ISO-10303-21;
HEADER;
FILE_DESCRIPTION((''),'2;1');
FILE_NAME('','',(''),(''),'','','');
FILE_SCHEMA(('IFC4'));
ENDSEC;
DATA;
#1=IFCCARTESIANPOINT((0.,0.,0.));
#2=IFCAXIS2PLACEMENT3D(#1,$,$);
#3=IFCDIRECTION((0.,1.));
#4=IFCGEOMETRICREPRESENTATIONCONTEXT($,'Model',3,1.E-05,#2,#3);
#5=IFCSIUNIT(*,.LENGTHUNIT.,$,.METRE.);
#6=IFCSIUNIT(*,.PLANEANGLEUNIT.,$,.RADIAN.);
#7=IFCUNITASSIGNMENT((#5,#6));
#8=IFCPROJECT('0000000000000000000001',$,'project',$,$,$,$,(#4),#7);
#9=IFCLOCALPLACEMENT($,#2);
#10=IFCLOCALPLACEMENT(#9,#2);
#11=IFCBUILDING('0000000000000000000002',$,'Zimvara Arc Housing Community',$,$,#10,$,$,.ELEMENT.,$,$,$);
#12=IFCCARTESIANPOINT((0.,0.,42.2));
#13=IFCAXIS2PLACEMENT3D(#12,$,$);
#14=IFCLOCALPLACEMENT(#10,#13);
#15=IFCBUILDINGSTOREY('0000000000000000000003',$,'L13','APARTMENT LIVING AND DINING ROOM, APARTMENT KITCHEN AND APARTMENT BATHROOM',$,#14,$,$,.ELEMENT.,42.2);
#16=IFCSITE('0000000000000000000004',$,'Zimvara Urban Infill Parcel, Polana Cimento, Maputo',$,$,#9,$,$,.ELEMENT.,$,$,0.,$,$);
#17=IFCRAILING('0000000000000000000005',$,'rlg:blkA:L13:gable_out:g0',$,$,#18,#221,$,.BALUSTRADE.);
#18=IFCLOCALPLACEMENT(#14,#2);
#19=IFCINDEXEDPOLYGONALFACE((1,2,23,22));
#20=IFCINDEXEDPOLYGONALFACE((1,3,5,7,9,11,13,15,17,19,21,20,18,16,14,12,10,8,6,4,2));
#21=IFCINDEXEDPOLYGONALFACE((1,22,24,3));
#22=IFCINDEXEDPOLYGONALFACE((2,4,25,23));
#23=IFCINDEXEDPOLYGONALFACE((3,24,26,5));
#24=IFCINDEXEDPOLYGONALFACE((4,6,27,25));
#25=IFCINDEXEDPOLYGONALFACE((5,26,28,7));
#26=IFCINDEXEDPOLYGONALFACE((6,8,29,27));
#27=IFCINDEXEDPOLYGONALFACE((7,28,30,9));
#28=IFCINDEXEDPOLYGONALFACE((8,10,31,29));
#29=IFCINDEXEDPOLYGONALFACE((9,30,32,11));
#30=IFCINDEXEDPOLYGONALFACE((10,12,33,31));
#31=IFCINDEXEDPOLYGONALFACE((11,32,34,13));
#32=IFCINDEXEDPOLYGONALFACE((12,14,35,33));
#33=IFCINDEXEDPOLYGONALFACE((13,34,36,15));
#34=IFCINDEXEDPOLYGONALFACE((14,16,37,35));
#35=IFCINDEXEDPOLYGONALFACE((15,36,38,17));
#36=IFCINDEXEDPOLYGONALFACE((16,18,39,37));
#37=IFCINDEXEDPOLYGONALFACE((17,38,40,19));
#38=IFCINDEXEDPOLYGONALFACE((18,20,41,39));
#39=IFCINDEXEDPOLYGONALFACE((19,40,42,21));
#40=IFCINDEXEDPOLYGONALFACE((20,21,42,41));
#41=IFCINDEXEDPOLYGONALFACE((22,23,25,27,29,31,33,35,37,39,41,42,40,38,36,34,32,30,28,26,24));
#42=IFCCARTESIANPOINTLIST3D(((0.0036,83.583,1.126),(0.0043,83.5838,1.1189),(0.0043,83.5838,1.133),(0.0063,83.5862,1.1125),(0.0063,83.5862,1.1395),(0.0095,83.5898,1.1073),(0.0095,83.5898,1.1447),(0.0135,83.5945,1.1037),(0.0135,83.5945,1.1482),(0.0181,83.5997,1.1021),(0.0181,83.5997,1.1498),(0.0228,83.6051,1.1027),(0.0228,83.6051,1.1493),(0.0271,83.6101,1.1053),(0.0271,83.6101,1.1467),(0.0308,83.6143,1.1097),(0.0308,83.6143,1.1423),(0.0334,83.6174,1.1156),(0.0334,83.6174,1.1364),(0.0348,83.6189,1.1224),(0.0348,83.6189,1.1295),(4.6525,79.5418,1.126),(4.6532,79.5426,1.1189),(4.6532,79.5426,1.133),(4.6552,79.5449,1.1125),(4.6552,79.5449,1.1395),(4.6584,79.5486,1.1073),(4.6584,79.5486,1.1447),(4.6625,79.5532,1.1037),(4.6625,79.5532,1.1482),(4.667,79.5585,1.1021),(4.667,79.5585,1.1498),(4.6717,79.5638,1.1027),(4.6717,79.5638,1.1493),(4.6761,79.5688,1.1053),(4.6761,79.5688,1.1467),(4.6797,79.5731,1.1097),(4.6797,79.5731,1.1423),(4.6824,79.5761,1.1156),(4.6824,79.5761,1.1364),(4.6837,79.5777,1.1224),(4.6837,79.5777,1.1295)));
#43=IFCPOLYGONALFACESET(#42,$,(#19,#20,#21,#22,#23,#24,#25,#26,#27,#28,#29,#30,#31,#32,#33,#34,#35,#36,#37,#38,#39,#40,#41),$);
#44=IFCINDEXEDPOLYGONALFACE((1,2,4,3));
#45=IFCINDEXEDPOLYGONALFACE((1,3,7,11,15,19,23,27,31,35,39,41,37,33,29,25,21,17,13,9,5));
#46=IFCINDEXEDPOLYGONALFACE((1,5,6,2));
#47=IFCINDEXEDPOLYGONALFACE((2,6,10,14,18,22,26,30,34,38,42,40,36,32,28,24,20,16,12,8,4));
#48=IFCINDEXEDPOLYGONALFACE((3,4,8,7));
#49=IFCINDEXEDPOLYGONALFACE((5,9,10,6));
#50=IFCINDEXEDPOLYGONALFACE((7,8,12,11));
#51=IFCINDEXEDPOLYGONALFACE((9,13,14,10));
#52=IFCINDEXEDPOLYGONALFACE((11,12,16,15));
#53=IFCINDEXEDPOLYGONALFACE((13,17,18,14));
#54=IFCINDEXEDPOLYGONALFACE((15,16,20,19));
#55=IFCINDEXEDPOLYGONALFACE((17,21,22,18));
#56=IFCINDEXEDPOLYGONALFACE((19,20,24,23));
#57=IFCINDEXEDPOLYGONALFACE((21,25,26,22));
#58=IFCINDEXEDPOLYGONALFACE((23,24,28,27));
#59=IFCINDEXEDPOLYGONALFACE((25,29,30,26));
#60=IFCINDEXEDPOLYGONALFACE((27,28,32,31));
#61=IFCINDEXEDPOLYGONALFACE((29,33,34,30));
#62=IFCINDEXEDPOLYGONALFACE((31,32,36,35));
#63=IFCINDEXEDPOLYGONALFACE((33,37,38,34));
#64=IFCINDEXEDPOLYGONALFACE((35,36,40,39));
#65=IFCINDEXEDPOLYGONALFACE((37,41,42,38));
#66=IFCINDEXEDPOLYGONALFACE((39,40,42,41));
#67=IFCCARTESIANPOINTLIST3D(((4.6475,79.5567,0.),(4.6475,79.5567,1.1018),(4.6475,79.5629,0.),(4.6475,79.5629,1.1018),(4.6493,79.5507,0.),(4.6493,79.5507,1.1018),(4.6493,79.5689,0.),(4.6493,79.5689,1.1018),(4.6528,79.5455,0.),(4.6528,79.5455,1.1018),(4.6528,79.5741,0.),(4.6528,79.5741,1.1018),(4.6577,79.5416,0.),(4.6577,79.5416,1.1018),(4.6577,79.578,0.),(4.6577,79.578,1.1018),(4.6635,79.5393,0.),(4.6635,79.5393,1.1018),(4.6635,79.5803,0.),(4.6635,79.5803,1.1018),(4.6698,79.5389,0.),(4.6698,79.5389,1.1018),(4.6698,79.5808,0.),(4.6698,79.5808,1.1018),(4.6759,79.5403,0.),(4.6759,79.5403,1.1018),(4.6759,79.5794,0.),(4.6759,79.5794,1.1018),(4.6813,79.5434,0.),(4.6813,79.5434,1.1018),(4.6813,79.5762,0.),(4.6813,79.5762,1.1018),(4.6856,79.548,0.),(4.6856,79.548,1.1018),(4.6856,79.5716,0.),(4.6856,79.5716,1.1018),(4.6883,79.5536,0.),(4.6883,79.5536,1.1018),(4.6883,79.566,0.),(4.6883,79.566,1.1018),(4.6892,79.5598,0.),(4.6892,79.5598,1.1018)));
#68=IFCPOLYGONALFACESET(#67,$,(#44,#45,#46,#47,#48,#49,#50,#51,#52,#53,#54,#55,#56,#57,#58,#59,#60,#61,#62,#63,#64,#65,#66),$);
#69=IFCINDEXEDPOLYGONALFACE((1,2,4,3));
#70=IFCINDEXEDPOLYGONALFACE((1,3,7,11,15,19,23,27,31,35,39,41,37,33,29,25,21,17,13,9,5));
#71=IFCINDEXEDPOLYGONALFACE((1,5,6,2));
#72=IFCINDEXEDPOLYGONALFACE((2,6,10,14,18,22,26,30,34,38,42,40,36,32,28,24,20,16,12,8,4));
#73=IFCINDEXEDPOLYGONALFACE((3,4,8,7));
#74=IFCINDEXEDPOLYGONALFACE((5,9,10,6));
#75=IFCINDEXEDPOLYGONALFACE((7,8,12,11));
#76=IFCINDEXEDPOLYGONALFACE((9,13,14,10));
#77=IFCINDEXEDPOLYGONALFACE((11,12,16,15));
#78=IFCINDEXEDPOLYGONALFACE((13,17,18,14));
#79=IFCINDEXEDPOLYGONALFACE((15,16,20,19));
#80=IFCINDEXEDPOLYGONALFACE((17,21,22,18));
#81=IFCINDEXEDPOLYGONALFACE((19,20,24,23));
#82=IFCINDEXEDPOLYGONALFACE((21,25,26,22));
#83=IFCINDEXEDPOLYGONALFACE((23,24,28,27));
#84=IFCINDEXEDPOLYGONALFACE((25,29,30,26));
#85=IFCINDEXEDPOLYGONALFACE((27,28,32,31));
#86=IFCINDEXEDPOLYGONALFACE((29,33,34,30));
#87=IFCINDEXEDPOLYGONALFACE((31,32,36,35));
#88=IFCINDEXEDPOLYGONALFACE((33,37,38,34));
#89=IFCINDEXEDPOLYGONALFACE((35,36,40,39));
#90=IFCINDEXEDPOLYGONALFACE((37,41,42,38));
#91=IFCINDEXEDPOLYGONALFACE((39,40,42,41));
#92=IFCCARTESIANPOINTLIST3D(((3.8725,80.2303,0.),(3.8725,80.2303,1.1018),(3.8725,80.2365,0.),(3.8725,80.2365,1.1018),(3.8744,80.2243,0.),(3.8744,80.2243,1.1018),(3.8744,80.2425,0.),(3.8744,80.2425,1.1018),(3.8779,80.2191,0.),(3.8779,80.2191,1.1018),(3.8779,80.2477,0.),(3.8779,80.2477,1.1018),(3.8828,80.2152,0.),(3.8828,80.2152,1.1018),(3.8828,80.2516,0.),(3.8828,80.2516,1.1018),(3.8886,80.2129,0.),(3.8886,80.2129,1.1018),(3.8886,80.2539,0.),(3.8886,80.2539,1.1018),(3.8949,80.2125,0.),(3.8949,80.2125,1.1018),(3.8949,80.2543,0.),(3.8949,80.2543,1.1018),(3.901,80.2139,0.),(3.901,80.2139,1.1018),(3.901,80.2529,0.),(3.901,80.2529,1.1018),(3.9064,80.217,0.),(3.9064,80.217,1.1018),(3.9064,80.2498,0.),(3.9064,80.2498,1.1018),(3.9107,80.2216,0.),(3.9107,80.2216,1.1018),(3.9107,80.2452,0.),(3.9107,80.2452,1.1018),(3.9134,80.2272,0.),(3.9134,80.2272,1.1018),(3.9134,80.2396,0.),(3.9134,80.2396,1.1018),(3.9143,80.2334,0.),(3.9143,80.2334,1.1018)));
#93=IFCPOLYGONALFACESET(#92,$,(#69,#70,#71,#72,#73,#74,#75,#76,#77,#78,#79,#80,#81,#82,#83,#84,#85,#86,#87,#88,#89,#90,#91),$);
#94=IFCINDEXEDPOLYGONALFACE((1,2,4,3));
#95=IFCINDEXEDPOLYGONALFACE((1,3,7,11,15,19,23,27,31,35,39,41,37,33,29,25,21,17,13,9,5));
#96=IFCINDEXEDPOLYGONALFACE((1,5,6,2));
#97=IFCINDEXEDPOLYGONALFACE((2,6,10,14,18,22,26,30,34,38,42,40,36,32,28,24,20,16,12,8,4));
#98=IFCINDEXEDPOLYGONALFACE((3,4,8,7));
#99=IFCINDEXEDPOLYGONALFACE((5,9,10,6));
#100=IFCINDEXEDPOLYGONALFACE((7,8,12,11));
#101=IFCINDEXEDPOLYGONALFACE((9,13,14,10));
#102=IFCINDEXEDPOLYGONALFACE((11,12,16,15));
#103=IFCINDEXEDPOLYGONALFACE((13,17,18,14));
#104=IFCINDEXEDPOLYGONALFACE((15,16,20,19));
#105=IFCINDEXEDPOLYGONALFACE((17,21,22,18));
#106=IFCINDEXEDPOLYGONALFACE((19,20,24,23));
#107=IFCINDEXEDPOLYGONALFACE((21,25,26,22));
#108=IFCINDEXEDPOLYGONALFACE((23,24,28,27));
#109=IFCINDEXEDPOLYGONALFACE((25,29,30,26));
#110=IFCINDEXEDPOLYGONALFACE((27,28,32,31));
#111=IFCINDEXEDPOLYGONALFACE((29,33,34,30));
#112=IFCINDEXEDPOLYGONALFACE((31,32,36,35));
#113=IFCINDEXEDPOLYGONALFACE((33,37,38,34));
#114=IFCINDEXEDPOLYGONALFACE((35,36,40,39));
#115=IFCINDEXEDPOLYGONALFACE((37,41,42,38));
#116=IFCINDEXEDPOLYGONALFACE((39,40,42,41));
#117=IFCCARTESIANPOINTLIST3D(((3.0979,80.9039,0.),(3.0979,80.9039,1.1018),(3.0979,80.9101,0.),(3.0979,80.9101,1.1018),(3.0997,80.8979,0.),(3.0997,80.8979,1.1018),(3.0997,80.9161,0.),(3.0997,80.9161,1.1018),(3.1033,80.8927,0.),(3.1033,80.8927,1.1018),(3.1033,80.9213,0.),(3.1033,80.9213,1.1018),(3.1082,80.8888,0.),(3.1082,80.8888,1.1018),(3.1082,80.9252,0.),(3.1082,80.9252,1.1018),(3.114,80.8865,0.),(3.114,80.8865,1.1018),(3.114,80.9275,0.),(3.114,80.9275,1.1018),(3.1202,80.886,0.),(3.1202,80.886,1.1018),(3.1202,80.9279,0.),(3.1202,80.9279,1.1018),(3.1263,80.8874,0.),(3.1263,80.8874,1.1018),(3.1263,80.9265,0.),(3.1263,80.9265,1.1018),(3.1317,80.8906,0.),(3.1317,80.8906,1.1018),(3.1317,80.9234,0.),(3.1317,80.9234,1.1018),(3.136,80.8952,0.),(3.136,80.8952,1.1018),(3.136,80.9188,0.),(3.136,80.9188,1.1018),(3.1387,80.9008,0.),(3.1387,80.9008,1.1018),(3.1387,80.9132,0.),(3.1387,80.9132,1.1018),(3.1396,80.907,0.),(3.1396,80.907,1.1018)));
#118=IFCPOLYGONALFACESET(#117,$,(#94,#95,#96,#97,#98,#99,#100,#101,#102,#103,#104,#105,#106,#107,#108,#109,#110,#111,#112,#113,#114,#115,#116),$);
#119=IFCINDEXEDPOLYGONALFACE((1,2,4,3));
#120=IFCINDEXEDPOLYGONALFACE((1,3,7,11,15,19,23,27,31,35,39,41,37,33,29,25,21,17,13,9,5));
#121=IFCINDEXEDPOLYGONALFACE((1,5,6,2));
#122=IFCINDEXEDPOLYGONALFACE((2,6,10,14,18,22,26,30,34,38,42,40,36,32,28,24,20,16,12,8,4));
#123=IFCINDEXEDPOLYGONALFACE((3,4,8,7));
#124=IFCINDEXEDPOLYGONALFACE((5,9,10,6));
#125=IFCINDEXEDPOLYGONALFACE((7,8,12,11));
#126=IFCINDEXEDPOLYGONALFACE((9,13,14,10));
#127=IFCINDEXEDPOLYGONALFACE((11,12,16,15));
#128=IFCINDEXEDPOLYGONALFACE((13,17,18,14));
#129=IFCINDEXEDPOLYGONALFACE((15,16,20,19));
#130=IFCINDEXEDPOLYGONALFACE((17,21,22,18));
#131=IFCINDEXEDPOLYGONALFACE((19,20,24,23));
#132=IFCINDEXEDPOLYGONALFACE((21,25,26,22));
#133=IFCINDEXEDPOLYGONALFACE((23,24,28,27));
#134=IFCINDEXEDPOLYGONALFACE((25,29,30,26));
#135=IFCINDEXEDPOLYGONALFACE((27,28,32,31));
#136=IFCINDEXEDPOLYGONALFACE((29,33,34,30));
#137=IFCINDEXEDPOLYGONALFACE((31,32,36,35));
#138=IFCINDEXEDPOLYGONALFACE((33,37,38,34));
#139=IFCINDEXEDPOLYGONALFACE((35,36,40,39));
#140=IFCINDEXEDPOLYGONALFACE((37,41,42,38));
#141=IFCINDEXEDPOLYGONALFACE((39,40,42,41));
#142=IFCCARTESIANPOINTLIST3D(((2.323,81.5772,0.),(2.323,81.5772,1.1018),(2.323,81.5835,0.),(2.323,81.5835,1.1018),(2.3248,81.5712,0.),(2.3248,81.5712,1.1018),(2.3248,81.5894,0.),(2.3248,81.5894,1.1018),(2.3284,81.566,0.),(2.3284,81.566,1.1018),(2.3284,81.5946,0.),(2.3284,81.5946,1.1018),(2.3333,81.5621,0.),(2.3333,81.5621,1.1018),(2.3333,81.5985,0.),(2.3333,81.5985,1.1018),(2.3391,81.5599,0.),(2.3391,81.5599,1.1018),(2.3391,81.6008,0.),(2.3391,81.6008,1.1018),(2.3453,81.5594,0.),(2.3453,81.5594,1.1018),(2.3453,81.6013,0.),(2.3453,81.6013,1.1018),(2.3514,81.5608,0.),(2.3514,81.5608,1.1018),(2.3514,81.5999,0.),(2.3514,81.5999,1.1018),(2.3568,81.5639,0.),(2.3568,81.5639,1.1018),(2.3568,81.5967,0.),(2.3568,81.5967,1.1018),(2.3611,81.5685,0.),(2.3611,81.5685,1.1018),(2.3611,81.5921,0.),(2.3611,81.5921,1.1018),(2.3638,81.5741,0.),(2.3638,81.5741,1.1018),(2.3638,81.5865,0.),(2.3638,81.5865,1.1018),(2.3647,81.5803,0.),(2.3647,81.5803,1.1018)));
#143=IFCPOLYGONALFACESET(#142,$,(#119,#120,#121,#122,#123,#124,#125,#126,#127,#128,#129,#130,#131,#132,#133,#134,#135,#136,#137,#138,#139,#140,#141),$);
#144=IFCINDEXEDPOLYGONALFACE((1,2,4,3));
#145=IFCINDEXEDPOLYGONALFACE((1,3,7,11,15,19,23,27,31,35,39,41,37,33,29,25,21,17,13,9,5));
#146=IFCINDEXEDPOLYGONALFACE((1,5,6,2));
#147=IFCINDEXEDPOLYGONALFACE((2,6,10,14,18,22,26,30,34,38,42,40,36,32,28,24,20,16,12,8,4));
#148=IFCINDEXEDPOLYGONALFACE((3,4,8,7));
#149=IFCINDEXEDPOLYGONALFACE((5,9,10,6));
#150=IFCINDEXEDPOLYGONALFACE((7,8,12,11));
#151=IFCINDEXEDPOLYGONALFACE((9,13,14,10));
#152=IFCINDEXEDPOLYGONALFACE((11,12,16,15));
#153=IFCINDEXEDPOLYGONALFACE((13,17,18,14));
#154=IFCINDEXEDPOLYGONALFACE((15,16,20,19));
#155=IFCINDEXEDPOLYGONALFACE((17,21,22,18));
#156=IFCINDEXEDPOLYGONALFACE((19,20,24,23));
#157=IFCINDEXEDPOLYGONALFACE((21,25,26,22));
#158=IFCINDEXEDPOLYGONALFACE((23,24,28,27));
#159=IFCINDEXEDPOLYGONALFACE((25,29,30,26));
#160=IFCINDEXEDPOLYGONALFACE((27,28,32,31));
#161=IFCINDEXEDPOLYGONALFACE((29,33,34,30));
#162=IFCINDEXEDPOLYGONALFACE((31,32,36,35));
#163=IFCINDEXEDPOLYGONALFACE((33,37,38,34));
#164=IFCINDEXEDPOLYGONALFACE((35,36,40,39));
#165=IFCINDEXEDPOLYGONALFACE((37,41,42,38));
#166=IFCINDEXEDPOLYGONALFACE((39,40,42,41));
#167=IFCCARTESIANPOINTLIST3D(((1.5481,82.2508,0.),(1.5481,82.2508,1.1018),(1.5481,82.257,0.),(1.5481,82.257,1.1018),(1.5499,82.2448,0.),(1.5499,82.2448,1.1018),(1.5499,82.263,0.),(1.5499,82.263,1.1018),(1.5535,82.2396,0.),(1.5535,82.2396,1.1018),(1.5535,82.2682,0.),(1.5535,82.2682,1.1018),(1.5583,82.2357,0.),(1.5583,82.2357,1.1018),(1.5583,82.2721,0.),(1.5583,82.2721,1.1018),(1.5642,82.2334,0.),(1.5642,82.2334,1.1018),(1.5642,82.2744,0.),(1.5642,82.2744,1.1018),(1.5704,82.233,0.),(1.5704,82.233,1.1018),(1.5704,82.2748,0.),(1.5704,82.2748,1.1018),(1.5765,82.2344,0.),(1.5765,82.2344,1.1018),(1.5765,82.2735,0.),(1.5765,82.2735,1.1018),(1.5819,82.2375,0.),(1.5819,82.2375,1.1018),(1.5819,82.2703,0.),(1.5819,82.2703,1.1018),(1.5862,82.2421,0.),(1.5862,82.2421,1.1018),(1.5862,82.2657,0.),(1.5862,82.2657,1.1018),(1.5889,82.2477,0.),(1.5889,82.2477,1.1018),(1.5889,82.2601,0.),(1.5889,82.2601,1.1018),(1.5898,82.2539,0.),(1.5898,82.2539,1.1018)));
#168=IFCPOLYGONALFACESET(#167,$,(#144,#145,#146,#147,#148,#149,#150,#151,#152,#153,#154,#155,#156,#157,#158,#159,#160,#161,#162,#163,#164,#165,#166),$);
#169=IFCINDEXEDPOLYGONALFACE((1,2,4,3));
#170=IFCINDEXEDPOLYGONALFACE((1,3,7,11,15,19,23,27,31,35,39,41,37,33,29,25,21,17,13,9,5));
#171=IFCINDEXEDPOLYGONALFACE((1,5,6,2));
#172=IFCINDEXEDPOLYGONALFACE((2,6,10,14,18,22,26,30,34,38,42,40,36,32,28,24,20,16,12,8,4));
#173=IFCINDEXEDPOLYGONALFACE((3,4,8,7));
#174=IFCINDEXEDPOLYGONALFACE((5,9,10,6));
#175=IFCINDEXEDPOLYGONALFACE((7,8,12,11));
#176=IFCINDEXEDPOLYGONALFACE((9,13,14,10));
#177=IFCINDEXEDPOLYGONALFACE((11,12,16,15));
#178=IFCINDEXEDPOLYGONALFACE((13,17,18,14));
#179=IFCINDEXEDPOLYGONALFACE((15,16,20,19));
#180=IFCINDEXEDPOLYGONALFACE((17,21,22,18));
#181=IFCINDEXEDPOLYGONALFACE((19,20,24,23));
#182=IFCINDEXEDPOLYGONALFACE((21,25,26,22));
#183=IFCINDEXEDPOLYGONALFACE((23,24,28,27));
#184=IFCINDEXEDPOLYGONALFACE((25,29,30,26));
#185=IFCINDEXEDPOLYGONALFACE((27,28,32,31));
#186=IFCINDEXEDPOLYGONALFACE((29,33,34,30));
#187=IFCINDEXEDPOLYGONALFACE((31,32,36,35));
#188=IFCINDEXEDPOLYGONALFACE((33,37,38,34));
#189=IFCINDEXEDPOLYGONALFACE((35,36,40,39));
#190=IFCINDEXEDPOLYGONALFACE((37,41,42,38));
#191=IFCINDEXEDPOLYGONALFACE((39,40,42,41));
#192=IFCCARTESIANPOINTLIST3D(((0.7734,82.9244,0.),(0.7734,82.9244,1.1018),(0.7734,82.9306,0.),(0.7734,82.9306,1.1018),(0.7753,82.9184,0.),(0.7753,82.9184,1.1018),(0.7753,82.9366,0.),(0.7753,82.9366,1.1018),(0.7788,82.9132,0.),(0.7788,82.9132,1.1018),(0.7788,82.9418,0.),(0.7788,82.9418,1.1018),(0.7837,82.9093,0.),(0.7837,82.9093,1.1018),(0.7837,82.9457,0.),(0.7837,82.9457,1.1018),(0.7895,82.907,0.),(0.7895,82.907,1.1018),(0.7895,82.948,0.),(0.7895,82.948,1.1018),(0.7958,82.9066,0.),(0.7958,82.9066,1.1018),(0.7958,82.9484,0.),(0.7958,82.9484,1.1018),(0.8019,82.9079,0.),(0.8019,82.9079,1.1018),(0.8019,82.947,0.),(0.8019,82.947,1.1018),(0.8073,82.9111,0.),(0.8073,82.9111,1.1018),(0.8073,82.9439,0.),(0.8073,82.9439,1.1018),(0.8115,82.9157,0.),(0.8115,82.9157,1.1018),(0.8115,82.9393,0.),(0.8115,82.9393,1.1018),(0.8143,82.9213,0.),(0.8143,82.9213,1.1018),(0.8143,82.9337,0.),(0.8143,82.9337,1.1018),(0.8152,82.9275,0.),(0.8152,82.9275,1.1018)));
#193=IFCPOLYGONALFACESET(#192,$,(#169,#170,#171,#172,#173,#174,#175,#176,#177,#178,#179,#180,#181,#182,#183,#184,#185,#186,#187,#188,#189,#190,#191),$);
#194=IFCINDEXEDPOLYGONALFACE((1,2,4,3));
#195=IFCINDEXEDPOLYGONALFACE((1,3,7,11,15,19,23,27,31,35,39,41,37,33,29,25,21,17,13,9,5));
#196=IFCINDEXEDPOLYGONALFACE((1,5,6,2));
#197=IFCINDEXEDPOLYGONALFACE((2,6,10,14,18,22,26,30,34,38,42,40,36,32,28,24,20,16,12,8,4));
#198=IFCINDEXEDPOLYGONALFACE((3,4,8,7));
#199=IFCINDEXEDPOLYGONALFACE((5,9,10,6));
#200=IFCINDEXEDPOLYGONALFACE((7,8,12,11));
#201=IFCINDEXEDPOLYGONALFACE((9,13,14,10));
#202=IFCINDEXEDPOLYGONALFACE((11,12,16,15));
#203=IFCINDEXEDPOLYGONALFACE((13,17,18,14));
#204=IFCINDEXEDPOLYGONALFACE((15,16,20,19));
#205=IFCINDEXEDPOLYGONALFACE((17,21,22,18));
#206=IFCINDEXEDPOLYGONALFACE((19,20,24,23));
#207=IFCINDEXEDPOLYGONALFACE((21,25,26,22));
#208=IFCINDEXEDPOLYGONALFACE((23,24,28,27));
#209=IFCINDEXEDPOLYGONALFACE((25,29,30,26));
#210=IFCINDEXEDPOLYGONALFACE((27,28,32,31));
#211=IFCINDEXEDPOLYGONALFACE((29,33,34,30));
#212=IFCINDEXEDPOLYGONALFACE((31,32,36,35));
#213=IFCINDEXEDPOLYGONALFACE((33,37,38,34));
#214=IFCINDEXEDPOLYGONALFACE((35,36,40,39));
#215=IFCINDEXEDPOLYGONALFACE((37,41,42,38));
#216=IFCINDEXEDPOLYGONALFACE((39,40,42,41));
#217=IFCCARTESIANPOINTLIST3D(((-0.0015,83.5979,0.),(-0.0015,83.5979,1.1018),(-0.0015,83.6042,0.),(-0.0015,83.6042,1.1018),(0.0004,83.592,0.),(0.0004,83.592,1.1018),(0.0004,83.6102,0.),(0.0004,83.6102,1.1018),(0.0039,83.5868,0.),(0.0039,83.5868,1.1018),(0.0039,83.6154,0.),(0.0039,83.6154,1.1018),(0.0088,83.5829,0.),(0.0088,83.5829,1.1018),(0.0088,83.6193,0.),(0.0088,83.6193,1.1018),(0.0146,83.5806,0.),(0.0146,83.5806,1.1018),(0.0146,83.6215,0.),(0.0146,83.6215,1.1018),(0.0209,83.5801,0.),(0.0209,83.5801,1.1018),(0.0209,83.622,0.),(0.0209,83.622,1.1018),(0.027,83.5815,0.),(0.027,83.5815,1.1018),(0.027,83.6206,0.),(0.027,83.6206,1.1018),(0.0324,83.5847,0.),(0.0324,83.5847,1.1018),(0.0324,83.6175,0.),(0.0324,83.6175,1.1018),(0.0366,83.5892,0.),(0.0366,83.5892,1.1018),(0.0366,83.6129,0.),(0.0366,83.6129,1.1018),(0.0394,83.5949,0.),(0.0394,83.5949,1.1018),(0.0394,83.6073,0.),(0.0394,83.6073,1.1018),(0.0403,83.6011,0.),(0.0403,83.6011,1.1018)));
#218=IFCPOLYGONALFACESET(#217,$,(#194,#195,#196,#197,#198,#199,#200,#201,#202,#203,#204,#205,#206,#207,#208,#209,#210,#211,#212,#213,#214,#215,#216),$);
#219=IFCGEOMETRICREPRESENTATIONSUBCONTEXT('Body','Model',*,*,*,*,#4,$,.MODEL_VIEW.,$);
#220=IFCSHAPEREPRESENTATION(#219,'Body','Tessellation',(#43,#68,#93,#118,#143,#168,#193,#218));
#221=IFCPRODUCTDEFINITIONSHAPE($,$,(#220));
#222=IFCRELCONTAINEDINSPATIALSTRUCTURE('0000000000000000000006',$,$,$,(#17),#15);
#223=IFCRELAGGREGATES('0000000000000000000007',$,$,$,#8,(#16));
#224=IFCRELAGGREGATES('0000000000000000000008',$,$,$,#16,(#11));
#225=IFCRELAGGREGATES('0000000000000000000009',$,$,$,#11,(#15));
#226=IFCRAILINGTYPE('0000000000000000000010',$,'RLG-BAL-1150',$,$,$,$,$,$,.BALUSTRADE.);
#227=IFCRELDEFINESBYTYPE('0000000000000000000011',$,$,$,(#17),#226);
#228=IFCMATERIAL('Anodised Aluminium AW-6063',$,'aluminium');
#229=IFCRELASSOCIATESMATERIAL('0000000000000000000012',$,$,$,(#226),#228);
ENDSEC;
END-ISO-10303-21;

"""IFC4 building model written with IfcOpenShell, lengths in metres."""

from ifc_helpers import new_model, si_unit, direction, frame, origin, origin_2d, place, context, subcontext, project, spatial, circle, extrude, material, type_object, element, save


model = new_model("IFC4")

# Units and contexts
model_context = context("Model", 3, precision=1e-05, world=origin(), true_north=direction((0.0, 1.0)))
body_context = subcontext(model_context, "Body", "Model", "MODEL_VIEW")
ifc_project = project(units=[si_unit("LENGTHUNIT", "METRE"), si_unit("PLANEANGLEUNIT", "RADIAN")], contexts=[model_context])

# Site, building, storey
site_placement = place(None, origin())
site = spatial("IfcSite", under=ifc_project, at=site_placement, Name="Zimvara Urban Infill Parcel, Polana Cimento, Maputo", CompositionType="ELEMENT", RefElevation=0.0)
building_placement = place(site_placement, origin())
building = spatial("IfcBuilding", under=site, at=building_placement, Name="Zimvara Arc Housing Community", CompositionType="ELEMENT")
storey_placement = place(building_placement, frame((0.0, 0.0, 42.2)))
storey = spatial("IfcBuildingStorey", under=building, at=storey_placement, Name="L13", Description="APARTMENT LIVING AND DINING ROOM, APARTMENT KITCHEN AND APARTMENT BATHROOM", CompositionType="ELEMENT", Elevation=42.2)

# Railing
ifc_material_1 = material(Name="Anodised Aluminium AW-6063", Category="aluminium")
railing_type = type_object("IfcRailingType", Name="RLG-BAL-1150", PredefinedType="BALUSTRADE", material=ifc_material_1)
railing_placement = place(storey_placement, frame((4.6682, 79.5598, 0.0)))
element("IfcRailing", 1, at=railing_placement, inside=storey, type_object=railing_type, Name="rlg:blkA:L13:gable_out:g0", PredefinedType="BALUSTRADE", context=body_context, shape_type="SweptSolid", body=[
    extrude(circle(Radius=0.0239, at=origin_2d()), frame((0.0, 0.0, 1.126), z_axis=(-0.754709, 0.65606, 0.0), x_axis=(-0.65606, -0.754709, 0.0)), (0.0, 0.0, 1.0), 6.1599),
    extrude(circle(Radius=0.021, at=origin_2d()), origin(), (0.0, 0.0, 1.0), 1.1018),
    extrude(circle(Radius=0.021, at=origin_2d()), frame((-0.7749, 0.6736, 0.0)), (0.0, 0.0, 1.0), 1.1018),
    extrude(circle(Radius=0.021, at=origin_2d()), frame((-1.5496, 1.3472, 0.0)), (0.0, 0.0, 1.0), 1.1018),
    extrude(circle(Radius=0.021, at=origin_2d()), frame((-2.3245, 2.0205, 0.0)), (0.0, 0.0, 1.0), 1.1018),
    extrude(circle(Radius=0.021, at=origin_2d()), frame((-3.0994, 2.6941, 0.0)), (0.0, 0.0, 1.0), 1.1018),
    extrude(circle(Radius=0.021, at=origin_2d()), frame((-3.874, 3.3677, 0.0)), (0.0, 0.0, 1.0), 1.1018),
    extrude(circle(Radius=0.021, at=origin_2d()), frame((-4.6489, 4.0413, 0.0)), (0.0, 0.0, 1.0), 1.1018),
])

save(model, "model.ifc")
